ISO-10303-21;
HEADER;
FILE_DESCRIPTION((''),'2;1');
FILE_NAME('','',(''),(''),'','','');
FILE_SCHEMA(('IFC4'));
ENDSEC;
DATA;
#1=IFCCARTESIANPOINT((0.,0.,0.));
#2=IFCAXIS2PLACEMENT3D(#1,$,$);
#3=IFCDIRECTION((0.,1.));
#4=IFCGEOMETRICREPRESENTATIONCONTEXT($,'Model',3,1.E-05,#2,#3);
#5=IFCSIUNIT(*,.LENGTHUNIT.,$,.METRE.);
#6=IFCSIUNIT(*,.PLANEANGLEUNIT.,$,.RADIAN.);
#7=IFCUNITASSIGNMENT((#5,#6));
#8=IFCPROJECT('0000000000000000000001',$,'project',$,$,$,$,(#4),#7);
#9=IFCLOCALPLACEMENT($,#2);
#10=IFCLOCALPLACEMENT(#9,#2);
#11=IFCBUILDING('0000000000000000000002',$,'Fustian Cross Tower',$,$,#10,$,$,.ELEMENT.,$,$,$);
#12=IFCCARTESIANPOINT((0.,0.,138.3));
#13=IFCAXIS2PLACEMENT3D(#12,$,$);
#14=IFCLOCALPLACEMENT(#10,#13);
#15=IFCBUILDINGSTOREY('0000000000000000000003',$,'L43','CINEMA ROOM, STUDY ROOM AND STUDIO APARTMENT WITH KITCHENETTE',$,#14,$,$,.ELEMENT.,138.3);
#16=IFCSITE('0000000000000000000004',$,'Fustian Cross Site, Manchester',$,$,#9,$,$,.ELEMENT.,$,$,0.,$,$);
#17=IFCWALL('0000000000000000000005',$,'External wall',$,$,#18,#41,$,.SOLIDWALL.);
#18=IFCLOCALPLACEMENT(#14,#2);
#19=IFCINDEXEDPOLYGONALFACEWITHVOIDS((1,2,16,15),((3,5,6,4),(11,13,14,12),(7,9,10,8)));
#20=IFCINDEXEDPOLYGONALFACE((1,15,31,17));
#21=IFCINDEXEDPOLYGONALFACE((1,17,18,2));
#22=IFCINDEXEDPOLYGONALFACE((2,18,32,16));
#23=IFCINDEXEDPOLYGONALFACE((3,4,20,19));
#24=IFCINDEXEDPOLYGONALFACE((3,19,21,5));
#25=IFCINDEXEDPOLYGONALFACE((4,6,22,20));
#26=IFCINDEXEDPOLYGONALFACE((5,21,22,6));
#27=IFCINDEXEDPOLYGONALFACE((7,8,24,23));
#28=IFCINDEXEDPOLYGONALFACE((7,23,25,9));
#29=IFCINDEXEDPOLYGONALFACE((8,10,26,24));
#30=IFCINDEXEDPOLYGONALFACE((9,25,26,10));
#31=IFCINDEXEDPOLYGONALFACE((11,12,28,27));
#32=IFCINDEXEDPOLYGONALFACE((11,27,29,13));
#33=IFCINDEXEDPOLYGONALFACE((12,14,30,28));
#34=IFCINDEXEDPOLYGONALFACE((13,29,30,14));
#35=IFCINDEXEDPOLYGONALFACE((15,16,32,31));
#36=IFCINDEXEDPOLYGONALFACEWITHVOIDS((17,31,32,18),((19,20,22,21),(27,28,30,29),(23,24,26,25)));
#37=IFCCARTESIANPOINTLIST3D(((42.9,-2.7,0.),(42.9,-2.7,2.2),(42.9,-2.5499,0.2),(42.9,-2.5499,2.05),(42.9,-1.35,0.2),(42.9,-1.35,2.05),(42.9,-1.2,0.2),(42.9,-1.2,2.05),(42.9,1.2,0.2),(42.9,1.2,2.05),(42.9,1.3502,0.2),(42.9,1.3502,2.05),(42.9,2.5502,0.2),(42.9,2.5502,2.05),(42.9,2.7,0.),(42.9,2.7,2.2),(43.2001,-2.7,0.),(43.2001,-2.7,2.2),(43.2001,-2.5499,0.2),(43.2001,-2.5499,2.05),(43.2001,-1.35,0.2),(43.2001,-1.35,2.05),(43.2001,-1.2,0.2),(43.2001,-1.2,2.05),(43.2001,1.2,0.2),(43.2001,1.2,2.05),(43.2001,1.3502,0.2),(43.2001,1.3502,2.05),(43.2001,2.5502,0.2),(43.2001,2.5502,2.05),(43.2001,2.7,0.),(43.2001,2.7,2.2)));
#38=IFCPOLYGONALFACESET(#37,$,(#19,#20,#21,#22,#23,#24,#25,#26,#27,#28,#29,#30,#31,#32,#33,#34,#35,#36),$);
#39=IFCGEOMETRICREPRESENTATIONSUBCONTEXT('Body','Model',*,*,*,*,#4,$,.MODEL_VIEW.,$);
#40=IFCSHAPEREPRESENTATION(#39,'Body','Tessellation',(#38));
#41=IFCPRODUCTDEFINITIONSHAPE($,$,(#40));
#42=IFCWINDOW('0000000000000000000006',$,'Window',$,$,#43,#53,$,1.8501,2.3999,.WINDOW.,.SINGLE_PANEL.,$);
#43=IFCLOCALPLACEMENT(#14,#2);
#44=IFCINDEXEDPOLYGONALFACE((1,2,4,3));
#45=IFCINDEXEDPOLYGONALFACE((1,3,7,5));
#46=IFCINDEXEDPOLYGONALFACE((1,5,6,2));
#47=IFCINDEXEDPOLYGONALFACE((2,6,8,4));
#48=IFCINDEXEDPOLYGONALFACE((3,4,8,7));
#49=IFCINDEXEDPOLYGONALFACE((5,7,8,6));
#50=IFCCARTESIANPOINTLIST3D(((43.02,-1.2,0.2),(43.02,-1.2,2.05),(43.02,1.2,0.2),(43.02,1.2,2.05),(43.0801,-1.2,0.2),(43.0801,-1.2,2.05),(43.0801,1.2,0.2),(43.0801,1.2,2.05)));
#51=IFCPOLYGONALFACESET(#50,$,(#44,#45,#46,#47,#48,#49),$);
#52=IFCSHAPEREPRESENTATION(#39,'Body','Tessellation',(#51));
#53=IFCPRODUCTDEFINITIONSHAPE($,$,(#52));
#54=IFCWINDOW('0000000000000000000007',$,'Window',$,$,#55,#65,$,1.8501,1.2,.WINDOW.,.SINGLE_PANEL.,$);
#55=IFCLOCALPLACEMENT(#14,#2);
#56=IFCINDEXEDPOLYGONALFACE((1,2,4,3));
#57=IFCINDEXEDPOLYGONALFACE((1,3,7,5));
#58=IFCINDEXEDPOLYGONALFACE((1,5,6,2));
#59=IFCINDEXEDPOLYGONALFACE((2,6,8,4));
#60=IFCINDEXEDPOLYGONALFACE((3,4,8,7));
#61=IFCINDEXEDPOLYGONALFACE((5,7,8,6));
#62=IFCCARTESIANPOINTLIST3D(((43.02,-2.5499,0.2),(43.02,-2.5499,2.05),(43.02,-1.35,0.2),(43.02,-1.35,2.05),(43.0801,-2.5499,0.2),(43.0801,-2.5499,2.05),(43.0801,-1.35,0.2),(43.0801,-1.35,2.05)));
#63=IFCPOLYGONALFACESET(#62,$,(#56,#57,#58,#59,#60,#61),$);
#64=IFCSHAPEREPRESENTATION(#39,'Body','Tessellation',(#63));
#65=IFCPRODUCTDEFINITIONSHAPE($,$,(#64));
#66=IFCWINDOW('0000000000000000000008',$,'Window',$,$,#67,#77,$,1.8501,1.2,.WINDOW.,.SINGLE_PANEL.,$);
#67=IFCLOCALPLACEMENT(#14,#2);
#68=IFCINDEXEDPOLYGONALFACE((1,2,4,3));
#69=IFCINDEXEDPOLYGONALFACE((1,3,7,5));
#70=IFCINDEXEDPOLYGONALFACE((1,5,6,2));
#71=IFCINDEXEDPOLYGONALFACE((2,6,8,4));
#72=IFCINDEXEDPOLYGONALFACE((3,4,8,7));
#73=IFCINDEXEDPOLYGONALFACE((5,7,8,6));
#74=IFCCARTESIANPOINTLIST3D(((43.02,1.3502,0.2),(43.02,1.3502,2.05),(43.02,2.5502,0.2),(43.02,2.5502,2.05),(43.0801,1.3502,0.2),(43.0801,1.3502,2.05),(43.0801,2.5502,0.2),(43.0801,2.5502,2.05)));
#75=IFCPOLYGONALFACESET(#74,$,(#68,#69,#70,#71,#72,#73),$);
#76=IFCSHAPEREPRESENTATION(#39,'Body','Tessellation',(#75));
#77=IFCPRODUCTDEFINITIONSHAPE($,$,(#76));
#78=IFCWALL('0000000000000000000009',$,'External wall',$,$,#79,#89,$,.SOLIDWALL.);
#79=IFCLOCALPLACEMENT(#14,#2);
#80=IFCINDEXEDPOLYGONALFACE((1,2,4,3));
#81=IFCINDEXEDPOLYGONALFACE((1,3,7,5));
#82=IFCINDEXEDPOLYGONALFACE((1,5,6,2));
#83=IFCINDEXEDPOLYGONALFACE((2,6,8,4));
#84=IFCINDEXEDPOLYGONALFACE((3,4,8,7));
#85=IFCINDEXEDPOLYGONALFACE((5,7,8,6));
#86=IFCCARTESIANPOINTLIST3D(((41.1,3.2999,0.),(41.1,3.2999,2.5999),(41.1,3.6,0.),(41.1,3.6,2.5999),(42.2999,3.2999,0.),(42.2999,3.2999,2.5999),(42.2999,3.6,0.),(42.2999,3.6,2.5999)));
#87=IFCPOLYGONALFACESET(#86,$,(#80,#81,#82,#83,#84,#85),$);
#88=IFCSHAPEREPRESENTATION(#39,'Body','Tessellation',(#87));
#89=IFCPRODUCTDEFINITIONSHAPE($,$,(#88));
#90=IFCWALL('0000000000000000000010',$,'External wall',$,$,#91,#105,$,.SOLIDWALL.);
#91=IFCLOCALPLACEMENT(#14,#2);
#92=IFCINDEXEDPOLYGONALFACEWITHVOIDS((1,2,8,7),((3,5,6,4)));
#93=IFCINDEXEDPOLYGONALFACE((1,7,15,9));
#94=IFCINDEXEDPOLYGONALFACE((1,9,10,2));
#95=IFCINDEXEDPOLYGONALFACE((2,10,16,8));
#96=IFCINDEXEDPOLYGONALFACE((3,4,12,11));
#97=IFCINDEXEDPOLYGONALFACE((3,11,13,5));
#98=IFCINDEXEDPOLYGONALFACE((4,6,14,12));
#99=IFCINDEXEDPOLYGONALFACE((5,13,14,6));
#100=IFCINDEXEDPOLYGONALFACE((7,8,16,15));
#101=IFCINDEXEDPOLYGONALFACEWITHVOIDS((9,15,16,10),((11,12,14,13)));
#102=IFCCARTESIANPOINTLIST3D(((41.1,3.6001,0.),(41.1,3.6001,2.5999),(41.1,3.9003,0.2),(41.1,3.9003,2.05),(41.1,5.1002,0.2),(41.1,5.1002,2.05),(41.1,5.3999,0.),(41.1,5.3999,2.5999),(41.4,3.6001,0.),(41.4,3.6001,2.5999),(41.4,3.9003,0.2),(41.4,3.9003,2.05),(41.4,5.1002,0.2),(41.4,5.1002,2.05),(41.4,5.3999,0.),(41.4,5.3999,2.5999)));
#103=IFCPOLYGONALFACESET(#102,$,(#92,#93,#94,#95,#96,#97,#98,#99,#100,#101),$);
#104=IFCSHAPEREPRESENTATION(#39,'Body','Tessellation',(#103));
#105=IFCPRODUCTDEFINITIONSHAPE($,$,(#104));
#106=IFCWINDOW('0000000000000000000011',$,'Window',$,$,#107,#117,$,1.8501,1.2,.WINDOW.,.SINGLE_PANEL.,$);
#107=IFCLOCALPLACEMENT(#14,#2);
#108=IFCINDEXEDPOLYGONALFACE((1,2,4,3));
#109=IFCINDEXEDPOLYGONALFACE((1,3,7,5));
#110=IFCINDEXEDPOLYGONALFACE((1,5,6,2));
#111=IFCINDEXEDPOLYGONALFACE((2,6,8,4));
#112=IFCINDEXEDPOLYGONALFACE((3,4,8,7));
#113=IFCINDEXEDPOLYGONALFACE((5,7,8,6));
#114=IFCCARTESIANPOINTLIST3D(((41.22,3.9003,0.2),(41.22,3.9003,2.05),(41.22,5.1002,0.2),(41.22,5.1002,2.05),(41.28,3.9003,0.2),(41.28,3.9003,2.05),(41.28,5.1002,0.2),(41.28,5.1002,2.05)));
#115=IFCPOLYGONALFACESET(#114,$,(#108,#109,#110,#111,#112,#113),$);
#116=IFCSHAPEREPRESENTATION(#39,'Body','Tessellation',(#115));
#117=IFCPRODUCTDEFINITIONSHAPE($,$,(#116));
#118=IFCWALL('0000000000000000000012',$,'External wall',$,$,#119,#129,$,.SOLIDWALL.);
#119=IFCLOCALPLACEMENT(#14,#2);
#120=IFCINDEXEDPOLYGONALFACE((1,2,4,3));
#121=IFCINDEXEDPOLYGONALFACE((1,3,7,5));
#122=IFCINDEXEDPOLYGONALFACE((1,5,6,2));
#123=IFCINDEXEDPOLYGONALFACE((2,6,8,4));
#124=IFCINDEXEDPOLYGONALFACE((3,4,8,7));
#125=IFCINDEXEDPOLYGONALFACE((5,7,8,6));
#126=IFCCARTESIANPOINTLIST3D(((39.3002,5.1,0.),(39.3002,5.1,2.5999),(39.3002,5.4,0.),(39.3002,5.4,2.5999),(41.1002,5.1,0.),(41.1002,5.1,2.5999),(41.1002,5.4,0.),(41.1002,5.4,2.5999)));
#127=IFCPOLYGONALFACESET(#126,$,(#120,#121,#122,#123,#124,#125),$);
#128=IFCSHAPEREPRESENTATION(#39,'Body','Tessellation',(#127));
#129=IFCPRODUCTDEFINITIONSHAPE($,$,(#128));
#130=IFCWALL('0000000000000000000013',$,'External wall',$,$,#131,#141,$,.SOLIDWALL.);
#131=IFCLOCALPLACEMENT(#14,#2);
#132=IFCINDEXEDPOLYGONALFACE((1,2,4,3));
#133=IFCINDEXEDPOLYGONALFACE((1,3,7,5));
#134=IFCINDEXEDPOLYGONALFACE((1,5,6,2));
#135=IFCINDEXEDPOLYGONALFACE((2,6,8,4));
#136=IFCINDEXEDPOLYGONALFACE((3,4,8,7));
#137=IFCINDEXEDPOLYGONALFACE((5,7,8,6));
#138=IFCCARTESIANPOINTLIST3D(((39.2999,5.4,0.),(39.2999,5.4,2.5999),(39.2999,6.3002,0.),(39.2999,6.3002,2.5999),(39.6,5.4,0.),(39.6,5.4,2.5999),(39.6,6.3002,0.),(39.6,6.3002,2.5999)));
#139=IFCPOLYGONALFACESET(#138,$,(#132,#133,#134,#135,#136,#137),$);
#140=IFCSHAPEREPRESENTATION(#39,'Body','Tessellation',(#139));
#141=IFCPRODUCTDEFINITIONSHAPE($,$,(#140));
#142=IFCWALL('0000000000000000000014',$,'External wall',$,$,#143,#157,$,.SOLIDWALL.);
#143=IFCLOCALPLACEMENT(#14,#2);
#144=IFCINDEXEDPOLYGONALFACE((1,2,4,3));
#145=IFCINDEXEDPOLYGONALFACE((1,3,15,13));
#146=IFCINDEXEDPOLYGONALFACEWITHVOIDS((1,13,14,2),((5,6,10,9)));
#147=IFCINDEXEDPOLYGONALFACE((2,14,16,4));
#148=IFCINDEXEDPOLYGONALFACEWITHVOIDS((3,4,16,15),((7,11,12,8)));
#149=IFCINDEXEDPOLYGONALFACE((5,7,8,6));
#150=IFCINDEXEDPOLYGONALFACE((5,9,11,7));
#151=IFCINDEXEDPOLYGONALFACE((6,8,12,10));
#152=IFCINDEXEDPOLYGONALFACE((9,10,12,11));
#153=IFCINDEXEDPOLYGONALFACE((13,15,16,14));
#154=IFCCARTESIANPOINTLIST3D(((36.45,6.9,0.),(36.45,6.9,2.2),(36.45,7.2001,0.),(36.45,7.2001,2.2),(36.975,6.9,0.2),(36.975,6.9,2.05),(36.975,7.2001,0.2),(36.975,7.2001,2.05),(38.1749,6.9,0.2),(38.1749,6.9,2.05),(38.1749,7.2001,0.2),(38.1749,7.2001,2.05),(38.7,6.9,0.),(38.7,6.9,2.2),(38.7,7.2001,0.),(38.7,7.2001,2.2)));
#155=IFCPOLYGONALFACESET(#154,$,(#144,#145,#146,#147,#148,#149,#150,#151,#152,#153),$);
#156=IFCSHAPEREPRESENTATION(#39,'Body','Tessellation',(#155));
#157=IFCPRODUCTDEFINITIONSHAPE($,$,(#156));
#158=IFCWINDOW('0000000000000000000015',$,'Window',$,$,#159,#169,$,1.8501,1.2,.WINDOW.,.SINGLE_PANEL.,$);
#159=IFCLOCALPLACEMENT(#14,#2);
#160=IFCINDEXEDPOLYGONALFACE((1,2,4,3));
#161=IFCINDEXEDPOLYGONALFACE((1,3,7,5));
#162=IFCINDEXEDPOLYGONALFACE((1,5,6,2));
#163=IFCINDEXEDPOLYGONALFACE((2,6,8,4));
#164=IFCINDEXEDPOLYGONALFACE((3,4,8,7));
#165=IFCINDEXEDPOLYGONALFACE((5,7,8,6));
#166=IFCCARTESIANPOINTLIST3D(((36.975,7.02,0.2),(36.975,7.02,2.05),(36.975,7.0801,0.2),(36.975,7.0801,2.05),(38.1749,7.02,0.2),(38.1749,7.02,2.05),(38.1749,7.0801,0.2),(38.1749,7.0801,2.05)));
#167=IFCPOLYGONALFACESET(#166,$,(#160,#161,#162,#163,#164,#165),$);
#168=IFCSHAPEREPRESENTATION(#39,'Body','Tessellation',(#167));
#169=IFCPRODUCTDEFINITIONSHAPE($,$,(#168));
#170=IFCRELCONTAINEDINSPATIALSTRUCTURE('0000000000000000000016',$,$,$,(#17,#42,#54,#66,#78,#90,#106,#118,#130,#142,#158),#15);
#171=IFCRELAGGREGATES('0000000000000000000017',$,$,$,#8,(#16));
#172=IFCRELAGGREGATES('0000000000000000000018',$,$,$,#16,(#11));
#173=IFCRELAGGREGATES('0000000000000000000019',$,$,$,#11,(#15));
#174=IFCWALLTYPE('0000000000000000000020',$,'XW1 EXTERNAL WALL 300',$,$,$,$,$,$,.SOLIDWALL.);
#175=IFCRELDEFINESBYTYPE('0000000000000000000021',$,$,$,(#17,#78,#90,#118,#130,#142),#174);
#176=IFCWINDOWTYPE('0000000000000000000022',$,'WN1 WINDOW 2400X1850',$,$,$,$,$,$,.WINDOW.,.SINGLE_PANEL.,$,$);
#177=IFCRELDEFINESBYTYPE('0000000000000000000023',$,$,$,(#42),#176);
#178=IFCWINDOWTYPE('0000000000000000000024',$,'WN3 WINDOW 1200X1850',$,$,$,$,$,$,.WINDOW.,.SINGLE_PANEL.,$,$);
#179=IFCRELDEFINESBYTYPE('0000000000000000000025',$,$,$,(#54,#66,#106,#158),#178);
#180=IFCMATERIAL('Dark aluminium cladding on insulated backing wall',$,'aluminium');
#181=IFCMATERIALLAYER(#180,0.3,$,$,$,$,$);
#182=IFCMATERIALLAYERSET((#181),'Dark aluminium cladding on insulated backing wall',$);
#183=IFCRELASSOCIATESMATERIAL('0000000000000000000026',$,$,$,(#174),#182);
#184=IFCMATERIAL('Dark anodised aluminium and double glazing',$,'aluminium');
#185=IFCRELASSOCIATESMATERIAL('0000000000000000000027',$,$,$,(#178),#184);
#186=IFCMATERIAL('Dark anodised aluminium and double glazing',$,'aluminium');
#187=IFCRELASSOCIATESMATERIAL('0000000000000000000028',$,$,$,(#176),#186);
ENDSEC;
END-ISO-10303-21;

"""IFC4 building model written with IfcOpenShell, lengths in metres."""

from ifc_helpers import new_model, si_unit, direction, frame, frame_2d, origin, place, context, subcontext, project, spatial, rectangle, extrude, material, layer, layer_set, type_object, element, fill, save


model = new_model("IFC4")

# Units and contexts
model_context = context("Model", 3, precision=1e-05, world=origin(), true_north=direction((0.0, 1.0)))
body_context = subcontext(model_context, "Body", "Model", "MODEL_VIEW")
ifc_project = project(units=[si_unit("LENGTHUNIT", "METRE"), si_unit("PLANEANGLEUNIT", "RADIAN")], contexts=[model_context])

# Site, building, storey
site_placement = place(None, origin())
site = spatial("IfcSite", under=ifc_project, at=site_placement, Name="Fustian Cross Site, Manchester", CompositionType="ELEMENT", RefElevation=0.0)
building_placement = place(site_placement, origin())
building = spatial("IfcBuilding", under=site, at=building_placement, Name="Fustian Cross Tower", CompositionType="ELEMENT")
storey_placement = place(building_placement, frame((0.0, 0.0, 138.3)))
storey = spatial("IfcBuildingStorey", under=building, at=storey_placement, Name="L43", Description="CINEMA ROOM, STUDY ROOM AND STUDIO APARTMENT WITH KITCHENETTE", CompositionType="ELEMENT", Elevation=138.3)

# Shared definitions
ifc_material_1 = material(Name="Dark aluminium cladding on insulated backing wall", Category="aluminium")
ifc_layer_1 = layer(ifc_material_1, 0.3)
ifc_layer_set_1 = layer_set([ifc_layer_1], Name="Dark aluminium cladding on insulated backing wall")
wall_type_1 = type_object("IfcWallType", Name="XW1 EXTERNAL WALL 300", PredefinedType="SOLIDWALL", material=ifc_layer_set_1)

# Shared definitions
ifc_material_2 = material(Name="Dark anodised aluminium and double glazing", Category="aluminium")
window_type_1 = type_object("IfcWindowType", Name="WN3 WINDOW 1200X1850", PartitioningType="SINGLE_PANEL", PredefinedType="WINDOW", material=ifc_material_2)

# Wall, openings, windows
wall_1_placement = place(storey_placement, frame((43.05, -2.7, 0.0), z_axis=(0.0, 0.0, 1.0), x_axis=(0.0, 1.0, 0.0)))
wall_1 = element("IfcWall", 1, at=wall_1_placement, inside=storey, type_object=wall_type_1, Name="External wall", PredefinedType="SOLIDWALL", context=body_context, shape_type="SweptSolid", body=[
    extrude(rectangle(XDim=5.3999, YDim=0.3, at=frame_2d((2.7, 0.0))), origin(), (0.0, 0.0, 1.0), 2.2),
])
opening_1_placement = place(wall_1_placement, frame((1.5, 0.0, 0.2)))
opening_1 = element("IfcOpeningElement", 2, at=opening_1_placement, cuts=wall_1, PredefinedType="OPENING", context=body_context, shape_type="SweptSolid", body=[
    extrude(rectangle(XDim=2.3999, YDim=1.8501, at=frame_2d((1.2, 0.925))), frame((0.0, 0.1599, 0.0), z_axis=(0.0, -1.0, 0.0), x_axis=(1.0, 0.0, 0.0)), (0.0, 0.0, 1.0), 0.3201),
])
opening_2_placement = place(wall_1_placement, frame((0.1499, 0.0, 0.2)))
opening_2 = element("IfcOpeningElement", 3, at=opening_2_placement, cuts=wall_1, PredefinedType="OPENING", context=body_context, shape_type="SweptSolid", body=[
    extrude(rectangle(XDim=1.2, YDim=1.8501, at=frame_2d((0.6001, 0.925))), frame((0.0, 0.1599, 0.0), z_axis=(0.0, -1.0, 0.0), x_axis=(1.0, 0.0, 0.0)), (0.0, 0.0, 1.0), 0.3201),
])
opening_3_placement = place(wall_1_placement, frame((4.05, 0.0, 0.2)))
opening_3 = element("IfcOpeningElement", 4, at=opening_3_placement, cuts=wall_1, PredefinedType="OPENING", context=body_context, shape_type="SweptSolid", body=[
    extrude(rectangle(XDim=1.2, YDim=1.8501, at=frame_2d((0.6001, 0.925))), frame((0.0, 0.1599, 0.0), z_axis=(0.0, -1.0, 0.0), x_axis=(1.0, 0.0, 0.0)), (0.0, 0.0, 1.0), 0.3201),
])
ifc_material_3 = material(Name="Dark anodised aluminium and double glazing", Category="aluminium")
window_type_2 = type_object("IfcWindowType", Name="WN1 WINDOW 2400X1850", PartitioningType="SINGLE_PANEL", PredefinedType="WINDOW", material=ifc_material_3)
window_1_placement = place(opening_1_placement, origin())
window_1 = element("IfcWindow", 5, at=window_1_placement, inside=storey, type_object=window_type_2, Name="Window", OverallHeight=1.8501, OverallWidth=2.3999, PartitioningType="SINGLE_PANEL", PredefinedType="WINDOW", context=body_context, shape_type="SweptSolid", body=[
    extrude(rectangle(XDim=2.3999, YDim=1.8501, at=frame_2d((1.2, 0.925))), frame((0.0, 0.03, 0.0), z_axis=(0.0, -1.0, 0.0), x_axis=(1.0, 0.0, 0.0)), (0.0, 0.0, 1.0), 0.0601),
])
fill(opening_1, window_1)
window_2_placement = place(opening_2_placement, origin())
window_2 = element("IfcWindow", 6, at=window_2_placement, inside=storey, type_object=window_type_1, Name="Window", OverallHeight=1.8501, OverallWidth=1.2, PartitioningType="SINGLE_PANEL", PredefinedType="WINDOW", context=body_context, shape_type="SweptSolid", body=[
    extrude(rectangle(XDim=1.2, YDim=1.8501, at=frame_2d((0.6001, 0.925))), frame((0.0, 0.03, 0.0), z_axis=(0.0, -1.0, 0.0), x_axis=(1.0, 0.0, 0.0)), (0.0, 0.0, 1.0), 0.0601),
])
fill(opening_2, window_2)
window_3_placement = place(opening_3_placement, origin())
window_3 = element("IfcWindow", 7, at=window_3_placement, inside=storey, type_object=window_type_1, Name="Window", OverallHeight=1.8501, OverallWidth=1.2, PartitioningType="SINGLE_PANEL", PredefinedType="WINDOW", context=body_context, shape_type="SweptSolid", body=[
    extrude(rectangle(XDim=1.2, YDim=1.8501, at=frame_2d((0.6001, 0.925))), frame((0.0, 0.03, 0.0), z_axis=(0.0, -1.0, 0.0), x_axis=(1.0, 0.0, 0.0)), (0.0, 0.0, 1.0), 0.0601),
])
fill(opening_3, window_3)

# Wall
wall_2_placement = place(storey_placement, frame((42.3, 3.45, 0.0), z_axis=(0.0, 0.0, 1.0), x_axis=(-1.0, 0.0, 0.0)))
element("IfcWall", 8, at=wall_2_placement, inside=storey, type_object=wall_type_1, Name="External wall", PredefinedType="SOLIDWALL", context=body_context, shape_type="SweptSolid", body=[
    extrude(rectangle(XDim=1.2, YDim=0.3, at=frame_2d((0.6001, 0.0))), origin(), (0.0, 0.0, 1.0), 2.5999),
])

# Wall, opening, window
wall_3_placement = place(storey_placement, frame((41.25, 3.6001, 0.0), z_axis=(0.0, 0.0, 1.0), x_axis=(0.0, 1.0, 0.0)))
wall_3 = element("IfcWall", 9, at=wall_3_placement, inside=storey, type_object=wall_type_1, Name="External wall", PredefinedType="SOLIDWALL", context=body_context, shape_type="SweptSolid", body=[
    extrude(rectangle(XDim=1.7998, YDim=0.3, at=frame_2d((0.8999, 0.0))), origin(), (0.0, 0.0, 1.0), 2.5999),
])
opening_4_placement = place(wall_3_placement, frame((0.3, 0.0, 0.2)))
opening_4 = element("IfcOpeningElement", 10, at=opening_4_placement, cuts=wall_3, PredefinedType="OPENING", context=body_context, shape_type="SweptSolid", body=[
    extrude(rectangle(XDim=1.2, YDim=1.8501, at=frame_2d((0.6001, 0.925))), frame((0.0, 0.1599, 0.0), z_axis=(0.0, -1.0, 0.0), x_axis=(1.0, 0.0, 0.0)), (0.0, 0.0, 1.0), 0.3201),
])
window_4_placement = place(opening_4_placement, origin())
window_4 = element("IfcWindow", 11, at=window_4_placement, inside=storey, type_object=window_type_1, Name="Window", OverallHeight=1.8501, OverallWidth=1.2, PartitioningType="SINGLE_PANEL", PredefinedType="WINDOW", context=body_context, shape_type="SweptSolid", body=[
    extrude(rectangle(XDim=1.2, YDim=1.8501, at=frame_2d((0.6001, 0.925))), frame((0.0, 0.03, 0.0), z_axis=(0.0, -1.0, 0.0), x_axis=(1.0, 0.0, 0.0)), (0.0, 0.0, 1.0), 0.0601),
])
fill(opening_4, window_4)

# Walls
wall_4_placement = place(storey_placement, frame((41.1001, 5.25, 0.0), z_axis=(0.0, 0.0, 1.0), x_axis=(-1.0, 0.0, 0.0)))
element("IfcWall", 12, at=wall_4_placement, inside=storey, type_object=wall_type_1, Name="External wall", PredefinedType="SOLIDWALL", context=body_context, shape_type="SweptSolid", body=[
    extrude(rectangle(XDim=1.8, YDim=0.3, at=frame_2d((0.8999, 0.0))), origin(), (0.0, 0.0, 1.0), 2.5999),
])
wall_5_placement = place(storey_placement, frame((39.45, 5.3999, 0.0), z_axis=(0.0, 0.0, 1.0), x_axis=(0.0, 1.0, 0.0)))
element("IfcWall", 13, at=wall_5_placement, inside=storey, type_object=wall_type_1, Name="External wall", PredefinedType="SOLIDWALL", context=body_context, shape_type="SweptSolid", body=[
    extrude(rectangle(XDim=0.9001, YDim=0.3, at=frame_2d((0.4502, 0.0))), origin(), (0.0, 0.0, 1.0), 2.5999),
])

# Wall, opening, window
wall_6_placement = place(storey_placement, frame((38.7, 7.05, 0.0), z_axis=(0.0, 0.0, 1.0), x_axis=(-1.0, 0.0, 0.0)))
wall_6 = element("IfcWall", 14, at=wall_6_placement, inside=storey, type_object=wall_type_1, Name="External wall", PredefinedType="SOLIDWALL", context=body_context, shape_type="SweptSolid", body=[
    extrude(rectangle(XDim=2.25, YDim=0.3, at=frame_2d((1.125, 0.0))), origin(), (0.0, 0.0, 1.0), 2.2),
])
opening_5_placement = place(wall_6_placement, frame((0.5249, 0.0, 0.2)))
opening_5 = element("IfcOpeningElement", 15, at=opening_5_placement, cuts=wall_6, PredefinedType="OPENING", context=body_context, shape_type="SweptSolid", body=[
    extrude(rectangle(XDim=1.2, YDim=1.8501, at=frame_2d((0.6001, 0.925))), frame((0.0, 0.1599, 0.0), z_axis=(0.0, -1.0, 0.0), x_axis=(1.0, 0.0, 0.0)), (0.0, 0.0, 1.0), 0.3201),
])
window_5_placement = place(opening_5_placement, origin())
window_5 = element("IfcWindow", 16, at=window_5_placement, inside=storey, type_object=window_type_1, Name="Window", OverallHeight=1.8501, OverallWidth=1.2, PartitioningType="SINGLE_PANEL", PredefinedType="WINDOW", context=body_context, shape_type="SweptSolid", body=[
    extrude(rectangle(XDim=1.2, YDim=1.8501, at=frame_2d((0.6001, 0.925))), frame((0.0, 0.03, 0.0), z_axis=(0.0, -1.0, 0.0), x_axis=(1.0, 0.0, 0.0)), (0.0, 0.0, 1.0), 0.0601),
])
fill(opening_5, window_5)

save(model, "model.ifc")
